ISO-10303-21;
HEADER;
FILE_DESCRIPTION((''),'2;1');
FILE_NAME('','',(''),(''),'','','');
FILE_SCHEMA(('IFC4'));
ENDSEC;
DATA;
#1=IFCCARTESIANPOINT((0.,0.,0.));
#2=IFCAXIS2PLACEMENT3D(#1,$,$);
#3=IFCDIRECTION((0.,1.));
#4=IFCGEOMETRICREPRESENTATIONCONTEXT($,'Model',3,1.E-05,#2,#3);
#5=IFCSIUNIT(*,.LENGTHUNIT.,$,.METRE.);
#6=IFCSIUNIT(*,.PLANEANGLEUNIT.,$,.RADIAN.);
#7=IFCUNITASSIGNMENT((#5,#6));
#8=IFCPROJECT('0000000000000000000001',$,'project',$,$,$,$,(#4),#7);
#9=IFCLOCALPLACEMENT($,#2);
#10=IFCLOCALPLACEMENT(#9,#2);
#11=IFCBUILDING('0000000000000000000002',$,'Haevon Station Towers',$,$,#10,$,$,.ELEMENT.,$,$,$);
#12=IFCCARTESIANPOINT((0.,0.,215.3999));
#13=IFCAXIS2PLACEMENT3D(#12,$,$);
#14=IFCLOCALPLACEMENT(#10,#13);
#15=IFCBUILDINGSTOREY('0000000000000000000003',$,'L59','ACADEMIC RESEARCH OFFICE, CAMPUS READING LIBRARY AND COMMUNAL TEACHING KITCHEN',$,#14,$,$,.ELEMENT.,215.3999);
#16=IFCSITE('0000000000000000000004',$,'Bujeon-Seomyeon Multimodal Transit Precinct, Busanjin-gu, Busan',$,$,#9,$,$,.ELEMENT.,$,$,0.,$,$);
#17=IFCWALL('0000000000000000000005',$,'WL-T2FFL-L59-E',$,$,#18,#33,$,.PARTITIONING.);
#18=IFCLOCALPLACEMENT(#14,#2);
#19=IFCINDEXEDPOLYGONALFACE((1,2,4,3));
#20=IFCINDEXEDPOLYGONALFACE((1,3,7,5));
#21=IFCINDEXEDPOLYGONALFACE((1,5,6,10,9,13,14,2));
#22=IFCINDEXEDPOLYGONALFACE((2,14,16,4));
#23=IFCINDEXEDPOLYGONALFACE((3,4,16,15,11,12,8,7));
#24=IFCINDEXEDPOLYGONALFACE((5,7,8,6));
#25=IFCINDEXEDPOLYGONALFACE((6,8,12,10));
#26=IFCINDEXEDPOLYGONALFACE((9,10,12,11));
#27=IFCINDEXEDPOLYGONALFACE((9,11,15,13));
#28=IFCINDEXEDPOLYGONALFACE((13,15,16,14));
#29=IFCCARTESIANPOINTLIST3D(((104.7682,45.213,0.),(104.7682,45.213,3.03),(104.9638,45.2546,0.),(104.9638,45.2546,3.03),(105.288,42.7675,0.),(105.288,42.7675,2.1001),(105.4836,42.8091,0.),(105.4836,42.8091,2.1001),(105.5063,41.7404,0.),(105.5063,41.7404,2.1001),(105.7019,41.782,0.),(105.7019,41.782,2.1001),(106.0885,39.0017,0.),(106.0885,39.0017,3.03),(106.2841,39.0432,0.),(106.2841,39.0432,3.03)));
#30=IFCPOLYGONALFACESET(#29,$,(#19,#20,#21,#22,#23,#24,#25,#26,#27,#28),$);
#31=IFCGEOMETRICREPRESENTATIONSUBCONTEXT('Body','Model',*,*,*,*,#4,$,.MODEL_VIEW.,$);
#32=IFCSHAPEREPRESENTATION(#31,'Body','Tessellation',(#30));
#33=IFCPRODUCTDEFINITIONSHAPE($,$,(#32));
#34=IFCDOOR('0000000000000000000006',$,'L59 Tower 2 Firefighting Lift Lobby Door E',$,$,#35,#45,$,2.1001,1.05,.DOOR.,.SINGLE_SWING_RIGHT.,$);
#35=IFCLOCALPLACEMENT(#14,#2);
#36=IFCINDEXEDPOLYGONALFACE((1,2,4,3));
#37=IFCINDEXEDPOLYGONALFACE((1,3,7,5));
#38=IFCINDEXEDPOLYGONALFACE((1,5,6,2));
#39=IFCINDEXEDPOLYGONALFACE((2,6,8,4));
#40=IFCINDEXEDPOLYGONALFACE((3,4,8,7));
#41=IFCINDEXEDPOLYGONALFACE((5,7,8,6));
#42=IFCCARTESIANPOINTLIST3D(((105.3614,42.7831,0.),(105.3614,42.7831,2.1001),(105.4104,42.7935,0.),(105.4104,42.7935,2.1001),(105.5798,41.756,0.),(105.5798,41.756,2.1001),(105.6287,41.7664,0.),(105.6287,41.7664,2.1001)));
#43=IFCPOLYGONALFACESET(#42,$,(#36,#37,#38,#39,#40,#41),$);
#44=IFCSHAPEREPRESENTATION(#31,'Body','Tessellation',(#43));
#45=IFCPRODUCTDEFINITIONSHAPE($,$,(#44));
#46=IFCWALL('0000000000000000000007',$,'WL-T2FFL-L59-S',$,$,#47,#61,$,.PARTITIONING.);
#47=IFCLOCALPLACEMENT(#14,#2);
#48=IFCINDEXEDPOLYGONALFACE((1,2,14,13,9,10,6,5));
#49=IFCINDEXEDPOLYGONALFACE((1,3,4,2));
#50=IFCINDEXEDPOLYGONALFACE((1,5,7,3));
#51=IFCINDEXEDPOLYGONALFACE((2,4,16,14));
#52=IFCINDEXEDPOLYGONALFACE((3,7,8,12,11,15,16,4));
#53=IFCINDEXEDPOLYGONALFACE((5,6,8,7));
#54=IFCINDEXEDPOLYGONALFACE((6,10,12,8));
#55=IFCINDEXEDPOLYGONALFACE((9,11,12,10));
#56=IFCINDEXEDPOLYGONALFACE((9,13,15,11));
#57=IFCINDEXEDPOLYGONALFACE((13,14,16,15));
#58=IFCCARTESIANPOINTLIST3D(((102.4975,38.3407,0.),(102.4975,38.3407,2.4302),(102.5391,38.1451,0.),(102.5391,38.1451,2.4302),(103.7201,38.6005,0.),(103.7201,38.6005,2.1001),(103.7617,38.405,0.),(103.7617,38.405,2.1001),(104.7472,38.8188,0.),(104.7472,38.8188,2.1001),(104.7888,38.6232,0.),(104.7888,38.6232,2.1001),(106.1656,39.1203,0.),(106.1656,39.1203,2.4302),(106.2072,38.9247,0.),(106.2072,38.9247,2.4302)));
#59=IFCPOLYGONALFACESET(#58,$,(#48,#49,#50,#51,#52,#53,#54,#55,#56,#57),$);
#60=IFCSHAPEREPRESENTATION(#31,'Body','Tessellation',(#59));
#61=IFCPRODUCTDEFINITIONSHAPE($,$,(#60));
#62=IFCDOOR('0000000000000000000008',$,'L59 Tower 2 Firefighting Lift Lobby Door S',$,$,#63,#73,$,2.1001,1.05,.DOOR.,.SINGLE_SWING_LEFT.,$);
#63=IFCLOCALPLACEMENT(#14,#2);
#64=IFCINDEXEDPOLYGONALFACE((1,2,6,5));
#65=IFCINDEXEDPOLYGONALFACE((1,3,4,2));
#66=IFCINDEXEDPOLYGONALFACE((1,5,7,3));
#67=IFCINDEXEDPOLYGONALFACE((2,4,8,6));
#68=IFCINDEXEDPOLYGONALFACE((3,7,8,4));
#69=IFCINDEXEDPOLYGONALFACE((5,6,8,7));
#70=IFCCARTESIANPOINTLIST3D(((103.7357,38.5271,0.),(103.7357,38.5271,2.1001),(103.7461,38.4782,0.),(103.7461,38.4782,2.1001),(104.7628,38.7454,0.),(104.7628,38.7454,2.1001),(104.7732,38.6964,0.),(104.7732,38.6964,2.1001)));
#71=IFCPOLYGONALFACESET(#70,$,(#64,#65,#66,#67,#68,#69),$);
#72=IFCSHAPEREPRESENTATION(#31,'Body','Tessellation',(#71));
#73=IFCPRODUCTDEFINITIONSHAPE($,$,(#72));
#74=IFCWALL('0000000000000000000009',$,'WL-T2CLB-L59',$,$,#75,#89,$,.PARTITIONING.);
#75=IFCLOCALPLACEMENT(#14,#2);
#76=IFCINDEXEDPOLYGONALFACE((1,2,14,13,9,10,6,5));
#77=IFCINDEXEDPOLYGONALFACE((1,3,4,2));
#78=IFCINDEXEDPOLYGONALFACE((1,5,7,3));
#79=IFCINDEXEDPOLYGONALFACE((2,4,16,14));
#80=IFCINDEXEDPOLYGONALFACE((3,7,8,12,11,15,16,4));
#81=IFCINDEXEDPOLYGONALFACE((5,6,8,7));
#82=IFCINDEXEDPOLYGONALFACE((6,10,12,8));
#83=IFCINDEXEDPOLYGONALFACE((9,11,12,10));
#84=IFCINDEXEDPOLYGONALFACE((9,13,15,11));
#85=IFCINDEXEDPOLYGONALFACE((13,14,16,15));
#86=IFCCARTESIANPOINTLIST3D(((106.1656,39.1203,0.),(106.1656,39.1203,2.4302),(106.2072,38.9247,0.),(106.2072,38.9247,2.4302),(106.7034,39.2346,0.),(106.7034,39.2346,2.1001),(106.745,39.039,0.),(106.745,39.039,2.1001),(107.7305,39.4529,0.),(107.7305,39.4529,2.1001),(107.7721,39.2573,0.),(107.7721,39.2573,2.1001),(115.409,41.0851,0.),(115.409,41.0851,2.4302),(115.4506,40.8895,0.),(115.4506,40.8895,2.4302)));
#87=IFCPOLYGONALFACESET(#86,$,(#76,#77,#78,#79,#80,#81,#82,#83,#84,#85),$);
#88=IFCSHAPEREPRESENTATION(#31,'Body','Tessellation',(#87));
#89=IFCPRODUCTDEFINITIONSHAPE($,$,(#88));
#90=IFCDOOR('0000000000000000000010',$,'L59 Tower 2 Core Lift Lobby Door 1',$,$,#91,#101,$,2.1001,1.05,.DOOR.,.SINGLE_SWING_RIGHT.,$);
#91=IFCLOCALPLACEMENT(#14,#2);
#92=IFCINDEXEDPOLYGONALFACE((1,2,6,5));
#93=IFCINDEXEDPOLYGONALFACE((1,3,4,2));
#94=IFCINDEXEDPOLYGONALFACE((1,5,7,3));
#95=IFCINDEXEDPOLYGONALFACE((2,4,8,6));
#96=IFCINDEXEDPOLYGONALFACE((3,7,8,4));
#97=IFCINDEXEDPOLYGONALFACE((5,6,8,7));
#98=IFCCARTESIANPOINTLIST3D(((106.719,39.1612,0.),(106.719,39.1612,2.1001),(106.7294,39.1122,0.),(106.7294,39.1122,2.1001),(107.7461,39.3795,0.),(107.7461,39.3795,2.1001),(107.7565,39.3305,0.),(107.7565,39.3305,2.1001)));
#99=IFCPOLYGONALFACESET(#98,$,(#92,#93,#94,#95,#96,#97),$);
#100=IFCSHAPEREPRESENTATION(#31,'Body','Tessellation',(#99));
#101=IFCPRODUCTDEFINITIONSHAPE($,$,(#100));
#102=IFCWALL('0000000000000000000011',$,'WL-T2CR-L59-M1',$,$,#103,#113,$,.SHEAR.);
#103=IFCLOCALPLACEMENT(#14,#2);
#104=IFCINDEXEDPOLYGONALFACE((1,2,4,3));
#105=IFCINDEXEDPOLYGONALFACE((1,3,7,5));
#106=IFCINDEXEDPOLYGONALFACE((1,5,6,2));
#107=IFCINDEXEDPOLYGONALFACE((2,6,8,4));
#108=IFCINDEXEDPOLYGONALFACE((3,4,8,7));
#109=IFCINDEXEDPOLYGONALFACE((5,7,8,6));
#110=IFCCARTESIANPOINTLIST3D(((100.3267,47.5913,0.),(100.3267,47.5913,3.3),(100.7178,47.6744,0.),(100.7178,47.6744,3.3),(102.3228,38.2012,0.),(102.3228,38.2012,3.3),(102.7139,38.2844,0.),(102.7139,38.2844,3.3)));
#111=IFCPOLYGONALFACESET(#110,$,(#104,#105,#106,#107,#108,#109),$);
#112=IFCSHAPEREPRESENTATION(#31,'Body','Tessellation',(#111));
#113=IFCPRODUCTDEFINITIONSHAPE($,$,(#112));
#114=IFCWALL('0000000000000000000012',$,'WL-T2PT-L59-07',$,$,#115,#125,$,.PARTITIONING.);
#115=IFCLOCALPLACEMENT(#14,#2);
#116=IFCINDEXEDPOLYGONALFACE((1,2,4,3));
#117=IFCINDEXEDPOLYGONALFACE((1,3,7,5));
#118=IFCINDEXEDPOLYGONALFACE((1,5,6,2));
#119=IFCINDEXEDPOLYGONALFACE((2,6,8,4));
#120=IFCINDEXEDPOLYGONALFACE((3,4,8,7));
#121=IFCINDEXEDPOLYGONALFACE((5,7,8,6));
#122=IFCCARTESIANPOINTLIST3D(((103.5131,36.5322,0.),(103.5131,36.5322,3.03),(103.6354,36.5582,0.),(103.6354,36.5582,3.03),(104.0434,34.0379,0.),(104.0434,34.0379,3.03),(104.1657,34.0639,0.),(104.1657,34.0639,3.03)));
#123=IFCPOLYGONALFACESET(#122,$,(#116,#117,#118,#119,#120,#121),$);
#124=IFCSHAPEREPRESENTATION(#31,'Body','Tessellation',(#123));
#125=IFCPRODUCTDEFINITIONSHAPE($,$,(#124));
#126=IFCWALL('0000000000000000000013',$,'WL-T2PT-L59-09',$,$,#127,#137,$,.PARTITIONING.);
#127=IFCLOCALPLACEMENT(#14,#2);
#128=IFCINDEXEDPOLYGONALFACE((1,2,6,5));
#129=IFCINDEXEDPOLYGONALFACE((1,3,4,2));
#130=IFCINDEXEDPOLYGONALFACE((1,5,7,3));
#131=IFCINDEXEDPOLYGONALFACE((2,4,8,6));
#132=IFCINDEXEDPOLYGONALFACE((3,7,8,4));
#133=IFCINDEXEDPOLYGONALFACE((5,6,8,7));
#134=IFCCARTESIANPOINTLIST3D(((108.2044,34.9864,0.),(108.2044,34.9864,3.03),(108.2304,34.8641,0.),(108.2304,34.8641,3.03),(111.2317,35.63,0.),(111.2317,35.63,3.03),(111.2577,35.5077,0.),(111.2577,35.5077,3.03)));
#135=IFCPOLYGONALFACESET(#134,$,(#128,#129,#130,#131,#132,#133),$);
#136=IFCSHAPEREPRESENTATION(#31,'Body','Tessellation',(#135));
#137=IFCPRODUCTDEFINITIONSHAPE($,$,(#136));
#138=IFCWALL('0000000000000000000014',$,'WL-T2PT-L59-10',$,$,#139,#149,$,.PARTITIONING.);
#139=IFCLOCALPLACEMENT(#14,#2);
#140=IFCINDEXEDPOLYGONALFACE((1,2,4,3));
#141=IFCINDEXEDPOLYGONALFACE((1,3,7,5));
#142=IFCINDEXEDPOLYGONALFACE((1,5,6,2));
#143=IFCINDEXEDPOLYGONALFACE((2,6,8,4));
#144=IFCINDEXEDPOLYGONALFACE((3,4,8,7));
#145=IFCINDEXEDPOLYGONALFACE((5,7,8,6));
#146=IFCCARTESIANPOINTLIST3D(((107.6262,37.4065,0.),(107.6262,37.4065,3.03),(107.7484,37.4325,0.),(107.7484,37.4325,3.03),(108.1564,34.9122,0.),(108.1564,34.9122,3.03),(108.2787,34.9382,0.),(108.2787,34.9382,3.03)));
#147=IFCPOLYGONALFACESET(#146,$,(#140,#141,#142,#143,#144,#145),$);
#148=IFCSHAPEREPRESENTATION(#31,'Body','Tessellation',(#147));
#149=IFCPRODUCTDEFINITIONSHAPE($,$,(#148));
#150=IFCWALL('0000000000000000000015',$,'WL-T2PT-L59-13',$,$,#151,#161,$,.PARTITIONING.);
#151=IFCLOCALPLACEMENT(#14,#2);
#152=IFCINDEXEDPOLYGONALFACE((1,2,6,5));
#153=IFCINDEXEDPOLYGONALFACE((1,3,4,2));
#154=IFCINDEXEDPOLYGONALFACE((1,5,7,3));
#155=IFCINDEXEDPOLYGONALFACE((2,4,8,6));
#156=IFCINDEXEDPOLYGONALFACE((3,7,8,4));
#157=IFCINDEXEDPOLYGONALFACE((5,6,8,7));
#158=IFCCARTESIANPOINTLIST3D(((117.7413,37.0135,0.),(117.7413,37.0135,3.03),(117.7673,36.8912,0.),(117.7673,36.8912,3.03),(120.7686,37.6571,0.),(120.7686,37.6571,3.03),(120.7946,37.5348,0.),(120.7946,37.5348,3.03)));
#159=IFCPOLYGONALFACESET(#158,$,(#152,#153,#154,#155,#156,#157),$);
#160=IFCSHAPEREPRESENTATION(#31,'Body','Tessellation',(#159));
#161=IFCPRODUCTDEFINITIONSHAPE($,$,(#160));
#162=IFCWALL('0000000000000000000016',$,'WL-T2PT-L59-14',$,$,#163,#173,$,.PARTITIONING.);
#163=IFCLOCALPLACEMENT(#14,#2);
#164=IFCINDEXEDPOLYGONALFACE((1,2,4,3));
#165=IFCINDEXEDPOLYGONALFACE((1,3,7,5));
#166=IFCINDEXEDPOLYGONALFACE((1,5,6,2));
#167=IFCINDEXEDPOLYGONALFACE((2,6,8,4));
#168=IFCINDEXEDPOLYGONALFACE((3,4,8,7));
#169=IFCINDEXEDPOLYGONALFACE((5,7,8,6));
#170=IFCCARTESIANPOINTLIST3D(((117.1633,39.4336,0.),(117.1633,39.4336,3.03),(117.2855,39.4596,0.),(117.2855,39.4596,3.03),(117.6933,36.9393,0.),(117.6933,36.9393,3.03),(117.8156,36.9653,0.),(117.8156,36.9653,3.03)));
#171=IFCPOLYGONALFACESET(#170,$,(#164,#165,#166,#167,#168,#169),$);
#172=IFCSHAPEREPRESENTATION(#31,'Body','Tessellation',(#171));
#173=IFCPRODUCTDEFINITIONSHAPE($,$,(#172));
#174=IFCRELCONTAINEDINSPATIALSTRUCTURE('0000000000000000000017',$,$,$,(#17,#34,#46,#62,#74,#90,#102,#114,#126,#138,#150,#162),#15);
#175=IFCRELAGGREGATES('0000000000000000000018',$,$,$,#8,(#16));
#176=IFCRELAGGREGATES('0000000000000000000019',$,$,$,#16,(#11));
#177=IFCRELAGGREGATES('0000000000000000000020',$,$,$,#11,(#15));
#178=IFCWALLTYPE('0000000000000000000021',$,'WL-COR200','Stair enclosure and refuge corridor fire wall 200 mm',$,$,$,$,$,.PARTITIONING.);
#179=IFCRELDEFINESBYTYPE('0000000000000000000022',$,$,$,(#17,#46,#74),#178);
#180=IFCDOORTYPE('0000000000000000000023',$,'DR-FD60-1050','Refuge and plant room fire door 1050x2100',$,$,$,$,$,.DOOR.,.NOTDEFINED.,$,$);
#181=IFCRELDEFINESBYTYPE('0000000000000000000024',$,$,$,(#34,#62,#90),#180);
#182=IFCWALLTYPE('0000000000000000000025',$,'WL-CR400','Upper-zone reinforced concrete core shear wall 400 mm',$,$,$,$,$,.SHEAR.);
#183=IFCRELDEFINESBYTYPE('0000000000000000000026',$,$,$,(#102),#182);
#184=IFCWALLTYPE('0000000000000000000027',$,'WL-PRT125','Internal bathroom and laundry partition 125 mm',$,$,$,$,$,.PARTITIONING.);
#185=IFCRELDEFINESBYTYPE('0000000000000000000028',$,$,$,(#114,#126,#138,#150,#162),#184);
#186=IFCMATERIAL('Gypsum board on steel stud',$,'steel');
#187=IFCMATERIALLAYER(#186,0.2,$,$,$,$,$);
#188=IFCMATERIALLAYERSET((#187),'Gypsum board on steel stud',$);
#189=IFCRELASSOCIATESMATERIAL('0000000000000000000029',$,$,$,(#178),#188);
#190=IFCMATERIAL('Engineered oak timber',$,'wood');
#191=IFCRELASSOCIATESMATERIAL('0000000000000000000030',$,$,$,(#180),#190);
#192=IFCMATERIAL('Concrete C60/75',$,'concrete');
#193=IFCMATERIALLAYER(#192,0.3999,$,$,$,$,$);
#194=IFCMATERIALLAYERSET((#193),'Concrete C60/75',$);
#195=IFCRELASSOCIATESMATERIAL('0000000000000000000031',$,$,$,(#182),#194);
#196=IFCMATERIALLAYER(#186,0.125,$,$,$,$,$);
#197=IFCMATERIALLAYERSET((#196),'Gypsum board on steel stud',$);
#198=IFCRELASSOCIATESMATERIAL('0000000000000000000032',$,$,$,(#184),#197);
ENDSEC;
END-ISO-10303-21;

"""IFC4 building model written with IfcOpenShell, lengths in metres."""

from ifc_helpers import new_model, si_unit, direction, frame, frame_2d, origin, place, context, subcontext, project, spatial, rectangle, extrude, material, layer, layer_set, type_object, element, fill, save


model = new_model("IFC4")

# Units and contexts
model_context = context("Model", 3, precision=1e-05, world=origin(), true_north=direction((0.0, 1.0)))
body_context = subcontext(model_context, "Body", "Model", "MODEL_VIEW")
ifc_project = project(units=[si_unit("LENGTHUNIT", "METRE"), si_unit("PLANEANGLEUNIT", "RADIAN")], contexts=[model_context])

# Site, building, storey
site_placement = place(None, origin())
site = spatial("IfcSite", under=ifc_project, at=site_placement, Name="Bujeon-Seomyeon Multimodal Transit Precinct, Busanjin-gu, Busan", CompositionType="ELEMENT", RefElevation=0.0)
building_placement = place(site_placement, origin())
building = spatial("IfcBuilding", under=site, at=building_placement, Name="Haevon Station Towers", CompositionType="ELEMENT")
storey_placement = place(building_placement, frame((0.0, 0.0, 215.3999)))
storey = spatial("IfcBuildingStorey", under=building, at=storey_placement, Name="L59", Description="ACADEMIC RESEARCH OFFICE, CAMPUS READING LIBRARY AND COMMUNAL TEACHING KITCHEN", CompositionType="ELEMENT", Elevation=215.3999)

# Shared definitions
ifc_material_1 = material(Name="Gypsum board on steel stud", Category="steel")

# Walls, openings, doors
ifc_layer_1 = layer(ifc_material_1, 0.2)
ifc_layer_set_1 = layer_set([ifc_layer_1], Name="Gypsum board on steel stud")
wall_type_1 = type_object("IfcWallType", Name="WL-COR200", Description="Stair enclosure and refuge corridor fire wall 200 mm", PredefinedType="PARTITIONING", material=ifc_layer_set_1)
wall_1_placement = place(storey_placement, frame((106.1863, 39.0225, 0.0), z_axis=(0.0, 0.0, 1.0), x_axis=(-0.207917, 0.978147, 0.0)))
wall_1 = element("IfcWall", 1, at=wall_1_placement, inside=storey, type_object=wall_type_1, Name="WL-T2FFL-L59-E", PredefinedType="PARTITIONING", context=body_context, shape_type="SweptSolid", body=[
    extrude(rectangle(XDim=6.3501, YDim=0.2, at=frame_2d((3.175, 0.0))), origin(), (0.0, 0.0, 1.0), 3.03),
])
opening_1_placement = place(wall_1_placement, frame((2.8, 0.0, 0.0)))
opening_1 = element("IfcOpeningElement", 2, at=opening_1_placement, cuts=wall_1, PredefinedType="OPENING", context=body_context, shape_type="SweptSolid", body=[
    extrude(rectangle(XDim=1.05, YDim=2.1001, at=frame_2d((0.5249, 1.05))), frame((0.0, 0.1099, 0.0), z_axis=(0.0, -1.0, 0.0), x_axis=(1.0, 0.0, 0.0)), (0.0, 0.0, 1.0), 0.22),
])
ifc_material_2 = material(Name="Engineered oak timber", Category="wood")
door_type = type_object("IfcDoorType", Name="DR-FD60-1050", Description="Refuge and plant room fire door 1050x2100", OperationType="NOTDEFINED", PredefinedType="DOOR", material=ifc_material_2)
door_1_placement = place(opening_1_placement, origin())
door_1 = element("IfcDoor", 3, at=door_1_placement, inside=storey, type_object=door_type, Name="L59 Tower 2 Firefighting Lift Lobby Door E", OperationType="SINGLE_SWING_RIGHT", OverallHeight=2.1001, OverallWidth=1.05, PredefinedType="DOOR", context=body_context, shape_type="SweptSolid", body=[
    extrude(rectangle(XDim=1.05, YDim=2.1001, at=frame_2d((0.5249, 1.05))), frame((0.0, 0.0249, 0.0), z_axis=(0.0, -1.0, 0.0), x_axis=(1.0, 0.0, 0.0)), (0.0, 0.0, 1.0), 0.05),
])
fill(opening_1, door_1)
wall_2_placement = place(storey_placement, frame((102.5183, 38.2429, 0.0), z_axis=(0.0, 0.0, 1.0), x_axis=(0.978154, 0.207884, 0.0)))
wall_2 = element("IfcWall", 4, at=wall_2_placement, inside=storey, type_object=wall_type_1, Name="WL-T2FFL-L59-S", PredefinedType="PARTITIONING", context=body_context, shape_type="SweptSolid", body=[
    extrude(rectangle(XDim=3.75, YDim=0.2, at=frame_2d((1.875, 0.0))), origin(), (0.0, 0.0, 1.0), 2.4302),
])
opening_2_placement = place(wall_2_placement, frame((1.25, 0.0, 0.0)))
opening_2 = element("IfcOpeningElement", 5, at=opening_2_placement, cuts=wall_2, PredefinedType="OPENING", context=body_context, shape_type="SweptSolid", body=[
    extrude(rectangle(XDim=1.05, YDim=2.1001, at=frame_2d((0.5249, 1.05))), frame((0.0, 0.1099, 0.0), z_axis=(0.0, -1.0, 0.0), x_axis=(1.0, 0.0, 0.0)), (0.0, 0.0, 1.0), 0.22),
])
door_2_placement = place(opening_2_placement, origin())
door_2 = element("IfcDoor", 6, at=door_2_placement, inside=storey, type_object=door_type, Name="L59 Tower 2 Firefighting Lift Lobby Door S", OperationType="SINGLE_SWING_LEFT", OverallHeight=2.1001, OverallWidth=1.05, PredefinedType="DOOR", context=body_context, shape_type="SweptSolid", body=[
    extrude(rectangle(XDim=1.05, YDim=2.1001, at=frame_2d((0.5249, 1.05))), frame((0.0, 0.0249, 0.0), z_axis=(0.0, -1.0, 0.0), x_axis=(1.0, 0.0, 0.0)), (0.0, 0.0, 1.0), 0.05),
])
fill(opening_2, door_2)
wall_3_placement = place(storey_placement, frame((106.1863, 39.0225, 0.0), z_axis=(0.0, 0.0, 1.0), x_axis=(0.978146, 0.207921, 0.0)))
wall_3 = element("IfcWall", 7, at=wall_3_placement, inside=storey, type_object=wall_type_1, Name="WL-T2CLB-L59", PredefinedType="PARTITIONING", context=body_context, shape_type="SweptSolid", body=[
    extrude(rectangle(XDim=9.45, YDim=0.2, at=frame_2d((4.7251, 0.0))), origin(), (0.0, 0.0, 1.0), 2.4302),
])
opening_3_placement = place(wall_3_placement, frame((0.55, 0.0, 0.0)))
opening_3 = element("IfcOpeningElement", 8, at=opening_3_placement, cuts=wall_3, PredefinedType="OPENING", context=body_context, shape_type="SweptSolid", body=[
    extrude(rectangle(XDim=1.05, YDim=2.1001, at=frame_2d((0.5249, 1.05))), frame((0.0, 0.1099, 0.0), z_axis=(0.0, -1.0, 0.0), x_axis=(1.0, 0.0, 0.0)), (0.0, 0.0, 1.0), 0.22),
])
door_3_placement = place(opening_3_placement, origin())
door_3 = element("IfcDoor", 9, at=door_3_placement, inside=storey, type_object=door_type, Name="L59 Tower 2 Core Lift Lobby Door 1", OperationType="SINGLE_SWING_RIGHT", OverallHeight=2.1001, OverallWidth=1.05, PredefinedType="DOOR", context=body_context, shape_type="SweptSolid", body=[
    extrude(rectangle(XDim=1.05, YDim=2.1001, at=frame_2d((0.5249, 1.05))), frame((0.0, 0.0249, 0.0), z_axis=(0.0, -1.0, 0.0), x_axis=(1.0, 0.0, 0.0)), (0.0, 0.0, 1.0), 0.05),
])
fill(opening_3, door_3)

# Walls
ifc_material_3 = material(Name="Concrete C60/75", Category="concrete")
ifc_layer_2 = layer(ifc_material_3, 0.3999)
ifc_layer_set_2 = layer_set([ifc_layer_2], Name="Concrete C60/75")
wall_type_2 = type_object("IfcWallType", Name="WL-CR400", Description="Upper-zone reinforced concrete core shear wall 400 mm", PredefinedType="SHEAR", material=ifc_layer_set_2)
wall_4_placement = place(storey_placement, frame((102.5183, 38.2429, 0.0), z_axis=(0.0, 0.0, 1.0), x_axis=(-0.207927, 0.978144, 0.0)))
element("IfcWall", 10, at=wall_4_placement, inside=storey, type_object=wall_type_2, Name="WL-T2CR-L59-M1", PredefinedType="SHEAR", context=body_context, shape_type="SweptSolid", body=[
    extrude(rectangle(XDim=9.5999, YDim=0.3999, at=frame_2d((4.7998, 0.0))), origin(), (0.0, 0.0, 1.0), 3.3),
])
ifc_layer_3 = layer(ifc_material_1, 0.125)
ifc_layer_set_3 = layer_set([ifc_layer_3], Name="Gypsum board on steel stud")
wall_type_3 = type_object("IfcWallType", Name="WL-PRT125", Description="Internal bathroom and laundry partition 125 mm", PredefinedType="PARTITIONING", material=ifc_layer_set_3)
wall_5_placement = place(storey_placement, frame((104.1045, 34.051, 0.0), z_axis=(0.0, 0.0, 1.0), x_axis=(-0.20794, 0.978142, 0.0)))
element("IfcWall", 11, at=wall_5_placement, inside=storey, type_object=wall_type_3, Name="WL-T2PT-L59-07", PredefinedType="PARTITIONING", context=body_context, shape_type="SweptSolid", body=[
    extrude(rectangle(XDim=2.55, YDim=0.125, at=frame_2d((1.2749, 0.0))), origin(), (0.0, 0.0, 1.0), 3.03),
])
wall_6_placement = place(storey_placement, frame((108.2175, 34.9253, 0.0), z_axis=(0.0, 0.0, 1.0), x_axis=(0.978143, 0.207934, 0.0)))
element("IfcWall", 12, at=wall_6_placement, inside=storey, type_object=wall_type_3, Name="WL-T2PT-L59-09", PredefinedType="PARTITIONING", context=body_context, shape_type="SweptSolid", body=[
    extrude(rectangle(XDim=3.095, YDim=0.125, at=frame_2d((1.5474, 0.0))), origin(), (0.0, 0.0, 1.0), 3.03),
])
wall_7_placement = place(storey_placement, frame((108.2175, 34.9253, 0.0), z_axis=(0.0, 0.0, 1.0), x_axis=(-0.20794, 0.978142, 0.0)))
element("IfcWall", 13, at=wall_7_placement, inside=storey, type_object=wall_type_3, Name="WL-T2PT-L59-10", PredefinedType="PARTITIONING", context=body_context, shape_type="SweptSolid", body=[
    extrude(rectangle(XDim=2.55, YDim=0.125, at=frame_2d((1.2749, 0.0))), origin(), (0.0, 0.0, 1.0), 3.03),
])
wall_8_placement = place(storey_placement, frame((117.7544, 36.9524, 0.0), z_axis=(0.0, 0.0, 1.0), x_axis=(0.978143, 0.207934, 0.0)))
element("IfcWall", 14, at=wall_8_placement, inside=storey, type_object=wall_type_3, Name="WL-T2PT-L59-13", PredefinedType="PARTITIONING", context=body_context, shape_type="SweptSolid", body=[
    extrude(rectangle(XDim=3.095, YDim=0.125, at=frame_2d((1.5474, 0.0))), origin(), (0.0, 0.0, 1.0), 3.03),
])
wall_9_placement = place(storey_placement, frame((117.7544, 36.9524, 0.0), z_axis=(0.0, 0.0, 1.0), x_axis=(-0.207848, 0.978161, 0.0)))
element("IfcWall", 15, at=wall_9_placement, inside=storey, type_object=wall_type_3, Name="WL-T2PT-L59-14", PredefinedType="PARTITIONING", context=body_context, shape_type="SweptSolid", body=[
    extrude(rectangle(XDim=2.55, YDim=0.125, at=frame_2d((1.2749, 0.0))), origin(), (0.0, 0.0, 1.0), 3.03),
])

save(model, "model.ifc")
